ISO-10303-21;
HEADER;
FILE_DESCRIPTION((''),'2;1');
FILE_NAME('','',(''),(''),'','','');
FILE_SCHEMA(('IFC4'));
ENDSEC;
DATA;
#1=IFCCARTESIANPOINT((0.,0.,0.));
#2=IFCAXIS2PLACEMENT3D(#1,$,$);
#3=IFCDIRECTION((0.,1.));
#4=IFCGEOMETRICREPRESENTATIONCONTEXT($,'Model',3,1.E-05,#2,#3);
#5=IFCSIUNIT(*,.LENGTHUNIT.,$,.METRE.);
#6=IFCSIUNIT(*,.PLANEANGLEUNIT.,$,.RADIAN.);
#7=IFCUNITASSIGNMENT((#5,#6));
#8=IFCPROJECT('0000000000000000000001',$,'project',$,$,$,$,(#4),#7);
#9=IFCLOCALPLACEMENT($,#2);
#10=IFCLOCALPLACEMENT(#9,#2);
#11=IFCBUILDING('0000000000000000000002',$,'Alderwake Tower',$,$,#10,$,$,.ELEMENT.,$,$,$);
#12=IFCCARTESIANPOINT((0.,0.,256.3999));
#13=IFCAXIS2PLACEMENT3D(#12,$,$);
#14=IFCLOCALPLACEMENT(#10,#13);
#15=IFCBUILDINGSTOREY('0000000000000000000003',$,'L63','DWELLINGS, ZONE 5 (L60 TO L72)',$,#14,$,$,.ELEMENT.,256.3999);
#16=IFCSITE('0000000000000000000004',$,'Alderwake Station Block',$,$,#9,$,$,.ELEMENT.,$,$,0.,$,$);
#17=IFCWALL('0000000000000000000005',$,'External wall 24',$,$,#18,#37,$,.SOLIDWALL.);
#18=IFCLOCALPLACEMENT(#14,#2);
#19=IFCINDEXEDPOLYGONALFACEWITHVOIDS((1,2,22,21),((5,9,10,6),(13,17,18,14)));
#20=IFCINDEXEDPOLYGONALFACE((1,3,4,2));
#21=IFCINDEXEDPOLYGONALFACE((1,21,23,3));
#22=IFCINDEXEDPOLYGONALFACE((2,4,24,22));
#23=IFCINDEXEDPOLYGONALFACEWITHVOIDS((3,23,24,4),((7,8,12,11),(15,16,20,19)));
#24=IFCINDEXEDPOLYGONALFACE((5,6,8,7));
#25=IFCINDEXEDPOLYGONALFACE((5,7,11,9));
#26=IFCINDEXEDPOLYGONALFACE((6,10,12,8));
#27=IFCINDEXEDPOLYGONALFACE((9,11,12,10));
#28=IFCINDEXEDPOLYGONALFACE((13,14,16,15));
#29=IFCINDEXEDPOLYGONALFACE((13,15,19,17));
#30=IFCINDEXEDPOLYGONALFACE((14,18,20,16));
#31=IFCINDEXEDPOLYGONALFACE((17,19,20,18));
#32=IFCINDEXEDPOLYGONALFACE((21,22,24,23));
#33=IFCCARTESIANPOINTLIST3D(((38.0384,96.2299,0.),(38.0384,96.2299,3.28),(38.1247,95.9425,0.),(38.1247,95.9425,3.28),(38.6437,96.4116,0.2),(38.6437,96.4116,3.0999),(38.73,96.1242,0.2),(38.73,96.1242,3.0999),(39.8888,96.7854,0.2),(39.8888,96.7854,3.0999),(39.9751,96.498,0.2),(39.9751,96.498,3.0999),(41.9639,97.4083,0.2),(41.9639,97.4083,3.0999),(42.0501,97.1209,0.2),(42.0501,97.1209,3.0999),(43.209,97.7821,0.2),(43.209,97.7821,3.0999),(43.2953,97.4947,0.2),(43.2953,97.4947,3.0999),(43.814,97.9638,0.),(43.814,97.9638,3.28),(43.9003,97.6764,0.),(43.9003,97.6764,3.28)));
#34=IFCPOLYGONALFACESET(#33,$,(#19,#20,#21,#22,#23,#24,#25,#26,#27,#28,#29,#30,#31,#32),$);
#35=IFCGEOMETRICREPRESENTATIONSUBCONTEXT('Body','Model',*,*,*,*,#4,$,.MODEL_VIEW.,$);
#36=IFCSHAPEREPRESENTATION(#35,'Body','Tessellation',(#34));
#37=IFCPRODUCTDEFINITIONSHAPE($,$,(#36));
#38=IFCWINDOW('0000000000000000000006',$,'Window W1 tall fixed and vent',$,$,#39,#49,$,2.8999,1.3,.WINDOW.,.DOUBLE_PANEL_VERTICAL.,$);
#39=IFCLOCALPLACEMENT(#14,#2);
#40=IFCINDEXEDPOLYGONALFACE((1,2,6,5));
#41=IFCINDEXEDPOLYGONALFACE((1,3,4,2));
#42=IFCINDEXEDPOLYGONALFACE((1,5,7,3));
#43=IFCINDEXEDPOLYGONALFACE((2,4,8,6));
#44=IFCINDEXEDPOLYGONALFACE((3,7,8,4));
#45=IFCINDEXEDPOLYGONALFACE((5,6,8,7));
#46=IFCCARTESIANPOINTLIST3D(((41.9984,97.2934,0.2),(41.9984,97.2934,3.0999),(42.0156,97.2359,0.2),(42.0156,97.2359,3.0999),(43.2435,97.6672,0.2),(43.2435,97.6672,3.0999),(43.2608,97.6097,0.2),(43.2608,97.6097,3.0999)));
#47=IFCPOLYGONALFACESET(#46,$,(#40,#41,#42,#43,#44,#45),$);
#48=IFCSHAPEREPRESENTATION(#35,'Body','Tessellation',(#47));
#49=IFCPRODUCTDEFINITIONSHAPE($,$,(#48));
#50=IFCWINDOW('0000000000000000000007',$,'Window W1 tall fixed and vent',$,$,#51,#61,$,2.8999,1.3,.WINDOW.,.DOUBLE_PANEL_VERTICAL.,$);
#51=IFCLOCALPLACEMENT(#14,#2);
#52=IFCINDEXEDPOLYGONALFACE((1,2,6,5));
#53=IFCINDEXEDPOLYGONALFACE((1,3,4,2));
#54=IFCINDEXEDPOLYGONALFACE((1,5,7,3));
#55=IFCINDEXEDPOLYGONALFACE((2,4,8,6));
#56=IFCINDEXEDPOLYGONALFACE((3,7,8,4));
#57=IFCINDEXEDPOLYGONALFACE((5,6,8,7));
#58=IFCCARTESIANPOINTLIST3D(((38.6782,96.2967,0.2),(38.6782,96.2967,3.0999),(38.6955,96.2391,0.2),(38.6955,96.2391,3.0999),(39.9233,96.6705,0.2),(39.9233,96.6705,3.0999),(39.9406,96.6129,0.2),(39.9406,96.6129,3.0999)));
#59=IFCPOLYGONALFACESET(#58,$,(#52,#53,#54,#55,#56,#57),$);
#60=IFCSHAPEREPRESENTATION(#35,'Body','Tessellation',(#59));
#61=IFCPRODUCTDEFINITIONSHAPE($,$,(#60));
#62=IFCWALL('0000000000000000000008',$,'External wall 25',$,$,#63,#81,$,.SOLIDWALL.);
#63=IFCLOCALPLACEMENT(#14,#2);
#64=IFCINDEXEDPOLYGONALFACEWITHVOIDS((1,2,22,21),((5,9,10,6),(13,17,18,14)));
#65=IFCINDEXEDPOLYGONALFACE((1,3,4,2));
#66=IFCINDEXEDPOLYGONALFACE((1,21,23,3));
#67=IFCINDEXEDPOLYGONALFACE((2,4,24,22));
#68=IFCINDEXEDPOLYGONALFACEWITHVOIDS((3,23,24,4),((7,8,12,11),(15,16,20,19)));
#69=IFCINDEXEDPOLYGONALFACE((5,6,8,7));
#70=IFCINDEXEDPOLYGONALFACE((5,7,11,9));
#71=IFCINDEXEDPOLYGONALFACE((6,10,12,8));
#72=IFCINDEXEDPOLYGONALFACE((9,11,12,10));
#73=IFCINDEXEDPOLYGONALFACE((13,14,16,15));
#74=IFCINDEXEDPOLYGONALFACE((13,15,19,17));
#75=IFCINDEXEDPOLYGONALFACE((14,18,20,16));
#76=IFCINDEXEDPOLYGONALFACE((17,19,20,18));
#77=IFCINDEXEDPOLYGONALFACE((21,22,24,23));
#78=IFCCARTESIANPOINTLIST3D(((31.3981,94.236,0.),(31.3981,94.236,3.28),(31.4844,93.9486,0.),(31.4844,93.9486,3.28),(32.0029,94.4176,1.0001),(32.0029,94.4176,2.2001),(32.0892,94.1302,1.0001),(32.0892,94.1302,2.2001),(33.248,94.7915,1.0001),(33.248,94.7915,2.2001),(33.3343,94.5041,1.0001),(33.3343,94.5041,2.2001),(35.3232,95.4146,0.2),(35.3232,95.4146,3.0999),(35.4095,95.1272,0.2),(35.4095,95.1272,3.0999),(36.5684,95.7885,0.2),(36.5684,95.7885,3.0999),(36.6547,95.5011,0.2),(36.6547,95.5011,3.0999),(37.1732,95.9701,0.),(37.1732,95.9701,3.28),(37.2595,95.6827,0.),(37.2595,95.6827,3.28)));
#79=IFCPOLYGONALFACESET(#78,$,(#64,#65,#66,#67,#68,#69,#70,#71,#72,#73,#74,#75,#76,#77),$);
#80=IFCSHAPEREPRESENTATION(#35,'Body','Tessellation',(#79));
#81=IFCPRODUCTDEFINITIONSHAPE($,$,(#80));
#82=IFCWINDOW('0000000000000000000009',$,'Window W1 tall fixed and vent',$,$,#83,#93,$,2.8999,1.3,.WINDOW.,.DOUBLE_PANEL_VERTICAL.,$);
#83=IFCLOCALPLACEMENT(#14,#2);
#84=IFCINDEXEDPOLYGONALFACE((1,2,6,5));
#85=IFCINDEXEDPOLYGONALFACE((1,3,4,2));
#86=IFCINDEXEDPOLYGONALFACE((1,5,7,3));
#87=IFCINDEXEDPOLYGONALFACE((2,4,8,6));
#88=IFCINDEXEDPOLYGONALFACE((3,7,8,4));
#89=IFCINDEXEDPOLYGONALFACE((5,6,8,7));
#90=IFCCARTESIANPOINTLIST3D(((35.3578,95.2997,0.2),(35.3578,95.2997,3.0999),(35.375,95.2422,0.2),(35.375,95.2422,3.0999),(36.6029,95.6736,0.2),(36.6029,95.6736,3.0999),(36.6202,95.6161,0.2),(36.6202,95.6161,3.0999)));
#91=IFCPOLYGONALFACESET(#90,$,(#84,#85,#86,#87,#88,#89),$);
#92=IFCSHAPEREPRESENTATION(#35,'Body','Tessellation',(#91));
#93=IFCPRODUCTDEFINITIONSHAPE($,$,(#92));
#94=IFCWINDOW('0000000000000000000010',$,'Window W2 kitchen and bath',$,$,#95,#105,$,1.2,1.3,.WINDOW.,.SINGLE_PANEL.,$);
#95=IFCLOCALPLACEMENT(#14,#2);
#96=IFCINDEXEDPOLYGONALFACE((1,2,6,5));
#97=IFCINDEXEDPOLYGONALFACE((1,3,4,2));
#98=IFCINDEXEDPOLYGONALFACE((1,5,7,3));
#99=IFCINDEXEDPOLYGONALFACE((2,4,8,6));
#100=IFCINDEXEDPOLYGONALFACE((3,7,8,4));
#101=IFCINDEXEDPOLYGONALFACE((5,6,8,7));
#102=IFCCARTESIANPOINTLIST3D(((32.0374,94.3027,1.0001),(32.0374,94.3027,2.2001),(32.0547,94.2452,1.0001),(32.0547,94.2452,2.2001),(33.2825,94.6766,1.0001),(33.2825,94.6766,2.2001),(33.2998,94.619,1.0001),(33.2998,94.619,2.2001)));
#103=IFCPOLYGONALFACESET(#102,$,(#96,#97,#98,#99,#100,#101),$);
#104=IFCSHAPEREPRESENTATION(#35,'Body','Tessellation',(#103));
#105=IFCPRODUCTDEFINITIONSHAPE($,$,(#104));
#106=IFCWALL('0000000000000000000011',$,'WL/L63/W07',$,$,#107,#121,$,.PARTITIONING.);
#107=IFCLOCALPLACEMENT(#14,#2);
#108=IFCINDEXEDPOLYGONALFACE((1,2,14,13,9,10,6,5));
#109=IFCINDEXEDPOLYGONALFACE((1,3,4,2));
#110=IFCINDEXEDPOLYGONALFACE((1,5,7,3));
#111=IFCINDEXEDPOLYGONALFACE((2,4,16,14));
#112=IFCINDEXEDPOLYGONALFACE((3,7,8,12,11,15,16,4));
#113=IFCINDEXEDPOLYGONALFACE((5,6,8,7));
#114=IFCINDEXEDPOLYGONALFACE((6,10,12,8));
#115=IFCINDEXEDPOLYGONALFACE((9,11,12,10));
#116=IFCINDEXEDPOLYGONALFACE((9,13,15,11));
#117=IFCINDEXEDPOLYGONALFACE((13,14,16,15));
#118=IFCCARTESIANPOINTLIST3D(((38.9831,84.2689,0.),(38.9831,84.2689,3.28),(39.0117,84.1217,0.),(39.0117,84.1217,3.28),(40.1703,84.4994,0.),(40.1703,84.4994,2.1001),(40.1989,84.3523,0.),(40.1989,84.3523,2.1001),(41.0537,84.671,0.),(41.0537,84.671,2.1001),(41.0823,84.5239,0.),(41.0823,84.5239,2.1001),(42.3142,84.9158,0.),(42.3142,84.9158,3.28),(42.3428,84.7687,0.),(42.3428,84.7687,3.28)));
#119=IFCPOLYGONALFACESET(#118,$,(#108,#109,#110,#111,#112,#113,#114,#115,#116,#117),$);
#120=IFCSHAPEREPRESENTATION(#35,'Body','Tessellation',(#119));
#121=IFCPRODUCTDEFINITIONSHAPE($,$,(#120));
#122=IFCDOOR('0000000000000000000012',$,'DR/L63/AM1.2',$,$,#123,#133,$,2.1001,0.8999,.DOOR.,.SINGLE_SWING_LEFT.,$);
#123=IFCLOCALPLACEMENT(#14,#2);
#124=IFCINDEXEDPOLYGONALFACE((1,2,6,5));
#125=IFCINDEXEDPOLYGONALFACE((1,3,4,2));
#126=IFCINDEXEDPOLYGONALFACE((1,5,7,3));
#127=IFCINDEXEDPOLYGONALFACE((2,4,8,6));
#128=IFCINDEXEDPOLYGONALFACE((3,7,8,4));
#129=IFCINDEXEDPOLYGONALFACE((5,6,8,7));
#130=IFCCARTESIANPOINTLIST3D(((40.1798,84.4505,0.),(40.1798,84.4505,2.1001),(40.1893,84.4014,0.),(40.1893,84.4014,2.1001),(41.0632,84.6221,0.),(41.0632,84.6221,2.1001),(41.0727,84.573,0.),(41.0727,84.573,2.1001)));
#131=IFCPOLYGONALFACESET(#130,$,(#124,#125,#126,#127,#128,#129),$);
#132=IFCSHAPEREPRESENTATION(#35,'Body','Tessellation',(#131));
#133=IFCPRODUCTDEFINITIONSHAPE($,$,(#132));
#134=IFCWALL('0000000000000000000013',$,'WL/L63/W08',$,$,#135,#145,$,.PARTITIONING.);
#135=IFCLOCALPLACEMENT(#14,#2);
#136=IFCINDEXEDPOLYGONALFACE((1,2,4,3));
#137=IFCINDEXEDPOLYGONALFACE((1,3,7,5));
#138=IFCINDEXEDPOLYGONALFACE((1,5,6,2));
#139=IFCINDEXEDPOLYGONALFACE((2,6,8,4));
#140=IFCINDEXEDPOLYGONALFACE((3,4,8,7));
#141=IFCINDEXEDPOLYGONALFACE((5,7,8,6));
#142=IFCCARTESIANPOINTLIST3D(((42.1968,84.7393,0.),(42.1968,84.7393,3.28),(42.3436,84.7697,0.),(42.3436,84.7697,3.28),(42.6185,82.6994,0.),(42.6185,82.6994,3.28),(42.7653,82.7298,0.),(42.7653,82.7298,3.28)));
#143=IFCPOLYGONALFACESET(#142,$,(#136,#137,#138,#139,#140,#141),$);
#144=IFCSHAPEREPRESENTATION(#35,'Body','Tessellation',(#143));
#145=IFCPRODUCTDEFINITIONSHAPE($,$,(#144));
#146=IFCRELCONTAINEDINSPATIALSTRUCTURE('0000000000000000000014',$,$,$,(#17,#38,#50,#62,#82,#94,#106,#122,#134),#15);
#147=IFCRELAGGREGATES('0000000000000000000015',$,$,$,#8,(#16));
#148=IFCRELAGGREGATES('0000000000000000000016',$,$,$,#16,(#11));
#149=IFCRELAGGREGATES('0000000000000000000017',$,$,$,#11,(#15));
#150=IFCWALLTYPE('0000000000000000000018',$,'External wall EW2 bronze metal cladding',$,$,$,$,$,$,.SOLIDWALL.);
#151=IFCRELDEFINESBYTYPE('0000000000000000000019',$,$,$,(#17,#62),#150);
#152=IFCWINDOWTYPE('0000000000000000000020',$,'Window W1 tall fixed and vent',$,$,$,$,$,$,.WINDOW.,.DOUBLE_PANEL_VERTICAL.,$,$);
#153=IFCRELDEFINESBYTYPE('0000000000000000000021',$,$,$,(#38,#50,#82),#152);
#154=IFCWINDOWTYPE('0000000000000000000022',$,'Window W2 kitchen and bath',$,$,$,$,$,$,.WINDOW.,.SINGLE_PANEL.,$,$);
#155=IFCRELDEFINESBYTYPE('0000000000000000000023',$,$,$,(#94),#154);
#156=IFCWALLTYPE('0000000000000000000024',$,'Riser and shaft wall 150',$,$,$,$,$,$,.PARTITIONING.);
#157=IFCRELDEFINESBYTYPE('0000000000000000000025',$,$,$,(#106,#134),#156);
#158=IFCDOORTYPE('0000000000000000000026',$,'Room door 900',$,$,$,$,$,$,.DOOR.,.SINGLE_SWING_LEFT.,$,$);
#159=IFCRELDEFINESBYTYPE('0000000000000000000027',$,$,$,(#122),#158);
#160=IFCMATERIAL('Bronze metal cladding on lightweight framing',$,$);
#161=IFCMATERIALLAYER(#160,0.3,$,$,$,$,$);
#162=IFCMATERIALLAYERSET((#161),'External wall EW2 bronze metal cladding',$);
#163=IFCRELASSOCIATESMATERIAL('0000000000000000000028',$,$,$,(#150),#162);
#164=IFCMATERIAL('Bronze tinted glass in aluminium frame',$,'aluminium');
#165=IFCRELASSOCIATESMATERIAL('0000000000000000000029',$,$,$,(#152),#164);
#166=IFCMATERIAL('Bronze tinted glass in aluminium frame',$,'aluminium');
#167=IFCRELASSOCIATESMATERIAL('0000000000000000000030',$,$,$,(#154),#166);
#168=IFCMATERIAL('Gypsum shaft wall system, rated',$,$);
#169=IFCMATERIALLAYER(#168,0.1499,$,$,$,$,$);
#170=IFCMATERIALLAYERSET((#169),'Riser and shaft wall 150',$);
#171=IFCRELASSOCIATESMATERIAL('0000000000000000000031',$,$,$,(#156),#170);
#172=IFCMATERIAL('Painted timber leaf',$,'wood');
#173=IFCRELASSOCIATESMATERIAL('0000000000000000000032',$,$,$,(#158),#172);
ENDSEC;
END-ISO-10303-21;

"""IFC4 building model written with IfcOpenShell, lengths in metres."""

from ifc_helpers import new_model, si_unit, direction, frame, frame_2d, origin, place, context, subcontext, project, spatial, rectangle, extrude, material, layer, layer_set, type_object, element, fill, save


model = new_model("IFC4")

# Units and contexts
model_context = context("Model", 3, precision=1e-05, world=origin(), true_north=direction((0.0, 1.0)))
body_context = subcontext(model_context, "Body", "Model", "MODEL_VIEW")
ifc_project = project(units=[si_unit("LENGTHUNIT", "METRE"), si_unit("PLANEANGLEUNIT", "RADIAN")], contexts=[model_context])

# Site, building, storey
site_placement = place(None, origin())
site = spatial("IfcSite", under=ifc_project, at=site_placement, Name="Alderwake Station Block", CompositionType="ELEMENT", RefElevation=0.0)
building_placement = place(site_placement, origin())
building = spatial("IfcBuilding", under=site, at=building_placement, Name="Alderwake Tower", CompositionType="ELEMENT")
storey_placement = place(building_placement, frame((0.0, 0.0, 256.3999)))
storey = spatial("IfcBuildingStorey", under=building, at=storey_placement, Name="L63", Description="DWELLINGS, ZONE 5 (L60 TO L72)", CompositionType="ELEMENT", Elevation=256.3999)

# Walls, openings, windows
ifc_material_1 = material(Name="Bronze metal cladding on lightweight framing")
ifc_layer_1 = layer(ifc_material_1, 0.3)
ifc_layer_set_1 = layer_set([ifc_layer_1], Name="External wall EW2 bronze metal cladding")
wall_type_1 = type_object("IfcWallType", Name="External wall EW2 bronze metal cladding", PredefinedType="SOLIDWALL", material=ifc_layer_set_1)
wall_1_placement = place(storey_placement, frame((43.8572, 97.8201, 0.0), z_axis=(0.0, 0.0, 1.0), x_axis=(-0.957772, -0.28753, 0.0)))
wall_1 = element("IfcWall", 1, at=wall_1_placement, inside=storey, type_object=wall_type_1, Name="External wall 24", PredefinedType="SOLIDWALL", context=body_context, shape_type="SweptSolid", body=[
    extrude(rectangle(XDim=6.0303, YDim=0.3, at=frame_2d((3.0151, 0.0))), origin(), (0.0, 0.0, 1.0), 3.28),
])
opening_1_placement = place(wall_1_placement, frame((0.6318, 0.0, 0.2)))
opening_1 = element("IfcOpeningElement", 2, at=opening_1_placement, cuts=wall_1, PredefinedType="OPENING", context=body_context, shape_type="SweptSolid", body=[
    extrude(rectangle(XDim=1.3, YDim=2.8999, at=frame_2d((0.6499, 1.45))), frame((0.0, 0.1599, 0.0), z_axis=(0.0, -1.0, 0.0), x_axis=(1.0, 0.0, 0.0)), (0.0, 0.0, 1.0), 0.3201),
])
opening_2_placement = place(wall_1_placement, frame((4.0984, 0.0, 0.2)))
opening_2 = element("IfcOpeningElement", 3, at=opening_2_placement, cuts=wall_1, PredefinedType="OPENING", context=body_context, shape_type="SweptSolid", body=[
    extrude(rectangle(XDim=1.3, YDim=2.8999, at=frame_2d((0.6499, 1.45))), frame((0.0, 0.1599, 0.0), z_axis=(0.0, -1.0, 0.0), x_axis=(1.0, 0.0, 0.0)), (0.0, 0.0, 1.0), 0.3201),
])
ifc_material_2 = material(Name="Bronze tinted glass in aluminium frame", Category="aluminium")
window_type_1 = type_object("IfcWindowType", Name="Window W1 tall fixed and vent", PartitioningType="DOUBLE_PANEL_VERTICAL", PredefinedType="WINDOW", material=ifc_material_2)
window_1_placement = place(opening_1_placement, origin())
window_1 = element("IfcWindow", 4, at=window_1_placement, inside=storey, type_object=window_type_1, Name="Window W1 tall fixed and vent", OverallHeight=2.8999, OverallWidth=1.3, PartitioningType="DOUBLE_PANEL_VERTICAL", PredefinedType="WINDOW", context=body_context, shape_type="SweptSolid", body=[
    extrude(rectangle(XDim=1.3, YDim=2.8999, at=frame_2d((0.6499, 1.45))), frame((0.0, 0.03, 0.0), z_axis=(0.0, -1.0, 0.0), x_axis=(1.0, 0.0, 0.0)), (0.0, 0.0, 1.0), 0.0601),
])
fill(opening_1, window_1)
window_2_placement = place(opening_2_placement, origin())
window_2 = element("IfcWindow", 5, at=window_2_placement, inside=storey, type_object=window_type_1, Name="Window W1 tall fixed and vent", OverallHeight=2.8999, OverallWidth=1.3, PartitioningType="DOUBLE_PANEL_VERTICAL", PredefinedType="WINDOW", context=body_context, shape_type="SweptSolid", body=[
    extrude(rectangle(XDim=1.3, YDim=2.8999, at=frame_2d((0.6499, 1.45))), frame((0.0, 0.03, 0.0), z_axis=(0.0, -1.0, 0.0), x_axis=(1.0, 0.0, 0.0)), (0.0, 0.0, 1.0), 0.0601),
])
fill(opening_2, window_2)
wall_2_placement = place(storey_placement, frame((37.2163, 95.8264, 0.0), z_axis=(0.0, 0.0, 1.0), x_axis=(-0.957754, -0.287589, 0.0)))
wall_2 = element("IfcWall", 6, at=wall_2_placement, inside=storey, type_object=wall_type_1, Name="External wall 25", PredefinedType="SOLIDWALL", context=body_context, shape_type="SweptSolid", body=[
    extrude(rectangle(XDim=6.0298, YDim=0.3, at=frame_2d((3.0149, 0.0))), origin(), (0.0, 0.0, 1.0), 3.28),
])
opening_3_placement = place(wall_2_placement, frame((0.6316, 0.0, 0.2)))
opening_3 = element("IfcOpeningElement", 7, at=opening_3_placement, cuts=wall_2, PredefinedType="OPENING", context=body_context, shape_type="SweptSolid", body=[
    extrude(rectangle(XDim=1.3, YDim=2.8999, at=frame_2d((0.6499, 1.45))), frame((0.0, 0.1599, 0.0), z_axis=(0.0, -1.0, 0.0), x_axis=(1.0, 0.0, 0.0)), (0.0, 0.0, 1.0), 0.3201),
])
opening_4_placement = place(wall_2_placement, frame((4.0984, 0.0, 1.0)))
opening_4 = element("IfcOpeningElement", 8, at=opening_4_placement, cuts=wall_2, PredefinedType="OPENING", context=body_context, shape_type="SweptSolid", body=[
    extrude(rectangle(XDim=1.3, YDim=1.2, at=frame_2d((0.6499, 0.6001))), frame((0.0, 0.1599, 0.0), z_axis=(0.0, -1.0, 0.0), x_axis=(1.0, 0.0, 0.0)), (0.0, 0.0, 1.0), 0.3201),
])
window_3_placement = place(opening_3_placement, origin())
window_3 = element("IfcWindow", 9, at=window_3_placement, inside=storey, type_object=window_type_1, Name="Window W1 tall fixed and vent", OverallHeight=2.8999, OverallWidth=1.3, PartitioningType="DOUBLE_PANEL_VERTICAL", PredefinedType="WINDOW", context=body_context, shape_type="SweptSolid", body=[
    extrude(rectangle(XDim=1.3, YDim=2.8999, at=frame_2d((0.6499, 1.45))), frame((0.0, 0.03, 0.0), z_axis=(0.0, -1.0, 0.0), x_axis=(1.0, 0.0, 0.0)), (0.0, 0.0, 1.0), 0.0601),
])
fill(opening_3, window_3)
ifc_material_3 = material(Name="Bronze tinted glass in aluminium frame", Category="aluminium")
window_type_2 = type_object("IfcWindowType", Name="Window W2 kitchen and bath", PartitioningType="SINGLE_PANEL", PredefinedType="WINDOW", material=ifc_material_3)
window_4_placement = place(opening_4_placement, origin())
window_4 = element("IfcWindow", 10, at=window_4_placement, inside=storey, type_object=window_type_2, Name="Window W2 kitchen and bath", OverallHeight=1.2, OverallWidth=1.3, PartitioningType="SINGLE_PANEL", PredefinedType="WINDOW", context=body_context, shape_type="SweptSolid", body=[
    extrude(rectangle(XDim=1.3, YDim=1.2, at=frame_2d((0.6499, 0.6001))), frame((0.0, 0.03, 0.0), z_axis=(0.0, -1.0, 0.0), x_axis=(1.0, 0.0, 0.0)), (0.0, 0.0, 1.0), 0.0601),
])
fill(opening_4, window_4)

# Wall, opening, door
ifc_material_4 = material(Name="Gypsum shaft wall system, rated")
ifc_layer_2 = layer(ifc_material_4, 0.1499)
ifc_layer_set_2 = layer_set([ifc_layer_2], Name="Riser and shaft wall 150")
wall_type_2 = type_object("IfcWallType", Name="Riser and shaft wall 150", PredefinedType="PARTITIONING", material=ifc_layer_set_2)
wall_3_placement = place(storey_placement, frame((42.3286, 84.8423, 0.0), z_axis=(0.0, 0.0, 1.0), x_axis=(-0.981656, -0.190662, 0.0)))
wall_3 = element("IfcWall", 11, at=wall_3_placement, inside=storey, type_object=wall_type_2, Name="WL/L63/W07", PredefinedType="PARTITIONING", context=body_context, shape_type="SweptSolid", body=[
    extrude(rectangle(XDim=3.3933, YDim=0.1499, at=frame_2d((1.6968, 0.0))), origin(), (0.0, 0.0, 1.0), 3.28),
])
opening_5_placement = place(wall_3_placement, frame((1.2842, 0.0, 0.0)))
opening_5 = element("IfcOpeningElement", 12, at=opening_5_placement, cuts=wall_3, PredefinedType="OPENING", context=body_context, shape_type="SweptSolid", body=[
    extrude(rectangle(XDim=0.8999, YDim=2.1001, at=frame_2d((0.45, 1.05))), frame((0.0, 0.085, 0.0), z_axis=(0.0, -1.0, 0.0), x_axis=(1.0, 0.0, 0.0)), (0.0, 0.0, 1.0), 0.1699),
])
ifc_material_5 = material(Name="Painted timber leaf", Category="wood")
door_type_1 = type_object("IfcDoorType", Name="Room door 900", OperationType="SINGLE_SWING_LEFT", PredefinedType="DOOR", material=ifc_material_5)
door_1_placement = place(opening_5_placement, origin())
door_1 = element("IfcDoor", 13, at=door_1_placement, inside=storey, type_object=door_type_1, Name="DR/L63/AM1.2", OperationType="SINGLE_SWING_LEFT", OverallHeight=2.1001, OverallWidth=0.8999, PredefinedType="DOOR", context=body_context, shape_type="SweptSolid", body=[
    extrude(rectangle(XDim=0.8999, YDim=2.1001, at=frame_2d((0.45, 1.05))), frame((0.0, 0.0249, 0.0), z_axis=(0.0, -1.0, 0.0), x_axis=(1.0, 0.0, 0.0)), (0.0, 0.0, 1.0), 0.05),
])
fill(opening_5, door_1)

# Wall
wall_4_placement = place(storey_placement, frame((42.6919, 82.7146, 0.0), z_axis=(0.0, 0.0, 1.0), x_axis=(-0.202423, 0.979298, 0.0)))
element("IfcWall", 14, at=wall_4_placement, inside=storey, type_object=wall_type_2, Name="WL/L63/W08", PredefinedType="PARTITIONING", context=body_context, shape_type="SweptSolid", body=[
    extrude(rectangle(XDim=2.083, YDim=0.1499, at=frame_2d((1.0415, 0.0))), origin(), (0.0, 0.0, 1.0), 3.28),
])

save(model, "model.ifc")
